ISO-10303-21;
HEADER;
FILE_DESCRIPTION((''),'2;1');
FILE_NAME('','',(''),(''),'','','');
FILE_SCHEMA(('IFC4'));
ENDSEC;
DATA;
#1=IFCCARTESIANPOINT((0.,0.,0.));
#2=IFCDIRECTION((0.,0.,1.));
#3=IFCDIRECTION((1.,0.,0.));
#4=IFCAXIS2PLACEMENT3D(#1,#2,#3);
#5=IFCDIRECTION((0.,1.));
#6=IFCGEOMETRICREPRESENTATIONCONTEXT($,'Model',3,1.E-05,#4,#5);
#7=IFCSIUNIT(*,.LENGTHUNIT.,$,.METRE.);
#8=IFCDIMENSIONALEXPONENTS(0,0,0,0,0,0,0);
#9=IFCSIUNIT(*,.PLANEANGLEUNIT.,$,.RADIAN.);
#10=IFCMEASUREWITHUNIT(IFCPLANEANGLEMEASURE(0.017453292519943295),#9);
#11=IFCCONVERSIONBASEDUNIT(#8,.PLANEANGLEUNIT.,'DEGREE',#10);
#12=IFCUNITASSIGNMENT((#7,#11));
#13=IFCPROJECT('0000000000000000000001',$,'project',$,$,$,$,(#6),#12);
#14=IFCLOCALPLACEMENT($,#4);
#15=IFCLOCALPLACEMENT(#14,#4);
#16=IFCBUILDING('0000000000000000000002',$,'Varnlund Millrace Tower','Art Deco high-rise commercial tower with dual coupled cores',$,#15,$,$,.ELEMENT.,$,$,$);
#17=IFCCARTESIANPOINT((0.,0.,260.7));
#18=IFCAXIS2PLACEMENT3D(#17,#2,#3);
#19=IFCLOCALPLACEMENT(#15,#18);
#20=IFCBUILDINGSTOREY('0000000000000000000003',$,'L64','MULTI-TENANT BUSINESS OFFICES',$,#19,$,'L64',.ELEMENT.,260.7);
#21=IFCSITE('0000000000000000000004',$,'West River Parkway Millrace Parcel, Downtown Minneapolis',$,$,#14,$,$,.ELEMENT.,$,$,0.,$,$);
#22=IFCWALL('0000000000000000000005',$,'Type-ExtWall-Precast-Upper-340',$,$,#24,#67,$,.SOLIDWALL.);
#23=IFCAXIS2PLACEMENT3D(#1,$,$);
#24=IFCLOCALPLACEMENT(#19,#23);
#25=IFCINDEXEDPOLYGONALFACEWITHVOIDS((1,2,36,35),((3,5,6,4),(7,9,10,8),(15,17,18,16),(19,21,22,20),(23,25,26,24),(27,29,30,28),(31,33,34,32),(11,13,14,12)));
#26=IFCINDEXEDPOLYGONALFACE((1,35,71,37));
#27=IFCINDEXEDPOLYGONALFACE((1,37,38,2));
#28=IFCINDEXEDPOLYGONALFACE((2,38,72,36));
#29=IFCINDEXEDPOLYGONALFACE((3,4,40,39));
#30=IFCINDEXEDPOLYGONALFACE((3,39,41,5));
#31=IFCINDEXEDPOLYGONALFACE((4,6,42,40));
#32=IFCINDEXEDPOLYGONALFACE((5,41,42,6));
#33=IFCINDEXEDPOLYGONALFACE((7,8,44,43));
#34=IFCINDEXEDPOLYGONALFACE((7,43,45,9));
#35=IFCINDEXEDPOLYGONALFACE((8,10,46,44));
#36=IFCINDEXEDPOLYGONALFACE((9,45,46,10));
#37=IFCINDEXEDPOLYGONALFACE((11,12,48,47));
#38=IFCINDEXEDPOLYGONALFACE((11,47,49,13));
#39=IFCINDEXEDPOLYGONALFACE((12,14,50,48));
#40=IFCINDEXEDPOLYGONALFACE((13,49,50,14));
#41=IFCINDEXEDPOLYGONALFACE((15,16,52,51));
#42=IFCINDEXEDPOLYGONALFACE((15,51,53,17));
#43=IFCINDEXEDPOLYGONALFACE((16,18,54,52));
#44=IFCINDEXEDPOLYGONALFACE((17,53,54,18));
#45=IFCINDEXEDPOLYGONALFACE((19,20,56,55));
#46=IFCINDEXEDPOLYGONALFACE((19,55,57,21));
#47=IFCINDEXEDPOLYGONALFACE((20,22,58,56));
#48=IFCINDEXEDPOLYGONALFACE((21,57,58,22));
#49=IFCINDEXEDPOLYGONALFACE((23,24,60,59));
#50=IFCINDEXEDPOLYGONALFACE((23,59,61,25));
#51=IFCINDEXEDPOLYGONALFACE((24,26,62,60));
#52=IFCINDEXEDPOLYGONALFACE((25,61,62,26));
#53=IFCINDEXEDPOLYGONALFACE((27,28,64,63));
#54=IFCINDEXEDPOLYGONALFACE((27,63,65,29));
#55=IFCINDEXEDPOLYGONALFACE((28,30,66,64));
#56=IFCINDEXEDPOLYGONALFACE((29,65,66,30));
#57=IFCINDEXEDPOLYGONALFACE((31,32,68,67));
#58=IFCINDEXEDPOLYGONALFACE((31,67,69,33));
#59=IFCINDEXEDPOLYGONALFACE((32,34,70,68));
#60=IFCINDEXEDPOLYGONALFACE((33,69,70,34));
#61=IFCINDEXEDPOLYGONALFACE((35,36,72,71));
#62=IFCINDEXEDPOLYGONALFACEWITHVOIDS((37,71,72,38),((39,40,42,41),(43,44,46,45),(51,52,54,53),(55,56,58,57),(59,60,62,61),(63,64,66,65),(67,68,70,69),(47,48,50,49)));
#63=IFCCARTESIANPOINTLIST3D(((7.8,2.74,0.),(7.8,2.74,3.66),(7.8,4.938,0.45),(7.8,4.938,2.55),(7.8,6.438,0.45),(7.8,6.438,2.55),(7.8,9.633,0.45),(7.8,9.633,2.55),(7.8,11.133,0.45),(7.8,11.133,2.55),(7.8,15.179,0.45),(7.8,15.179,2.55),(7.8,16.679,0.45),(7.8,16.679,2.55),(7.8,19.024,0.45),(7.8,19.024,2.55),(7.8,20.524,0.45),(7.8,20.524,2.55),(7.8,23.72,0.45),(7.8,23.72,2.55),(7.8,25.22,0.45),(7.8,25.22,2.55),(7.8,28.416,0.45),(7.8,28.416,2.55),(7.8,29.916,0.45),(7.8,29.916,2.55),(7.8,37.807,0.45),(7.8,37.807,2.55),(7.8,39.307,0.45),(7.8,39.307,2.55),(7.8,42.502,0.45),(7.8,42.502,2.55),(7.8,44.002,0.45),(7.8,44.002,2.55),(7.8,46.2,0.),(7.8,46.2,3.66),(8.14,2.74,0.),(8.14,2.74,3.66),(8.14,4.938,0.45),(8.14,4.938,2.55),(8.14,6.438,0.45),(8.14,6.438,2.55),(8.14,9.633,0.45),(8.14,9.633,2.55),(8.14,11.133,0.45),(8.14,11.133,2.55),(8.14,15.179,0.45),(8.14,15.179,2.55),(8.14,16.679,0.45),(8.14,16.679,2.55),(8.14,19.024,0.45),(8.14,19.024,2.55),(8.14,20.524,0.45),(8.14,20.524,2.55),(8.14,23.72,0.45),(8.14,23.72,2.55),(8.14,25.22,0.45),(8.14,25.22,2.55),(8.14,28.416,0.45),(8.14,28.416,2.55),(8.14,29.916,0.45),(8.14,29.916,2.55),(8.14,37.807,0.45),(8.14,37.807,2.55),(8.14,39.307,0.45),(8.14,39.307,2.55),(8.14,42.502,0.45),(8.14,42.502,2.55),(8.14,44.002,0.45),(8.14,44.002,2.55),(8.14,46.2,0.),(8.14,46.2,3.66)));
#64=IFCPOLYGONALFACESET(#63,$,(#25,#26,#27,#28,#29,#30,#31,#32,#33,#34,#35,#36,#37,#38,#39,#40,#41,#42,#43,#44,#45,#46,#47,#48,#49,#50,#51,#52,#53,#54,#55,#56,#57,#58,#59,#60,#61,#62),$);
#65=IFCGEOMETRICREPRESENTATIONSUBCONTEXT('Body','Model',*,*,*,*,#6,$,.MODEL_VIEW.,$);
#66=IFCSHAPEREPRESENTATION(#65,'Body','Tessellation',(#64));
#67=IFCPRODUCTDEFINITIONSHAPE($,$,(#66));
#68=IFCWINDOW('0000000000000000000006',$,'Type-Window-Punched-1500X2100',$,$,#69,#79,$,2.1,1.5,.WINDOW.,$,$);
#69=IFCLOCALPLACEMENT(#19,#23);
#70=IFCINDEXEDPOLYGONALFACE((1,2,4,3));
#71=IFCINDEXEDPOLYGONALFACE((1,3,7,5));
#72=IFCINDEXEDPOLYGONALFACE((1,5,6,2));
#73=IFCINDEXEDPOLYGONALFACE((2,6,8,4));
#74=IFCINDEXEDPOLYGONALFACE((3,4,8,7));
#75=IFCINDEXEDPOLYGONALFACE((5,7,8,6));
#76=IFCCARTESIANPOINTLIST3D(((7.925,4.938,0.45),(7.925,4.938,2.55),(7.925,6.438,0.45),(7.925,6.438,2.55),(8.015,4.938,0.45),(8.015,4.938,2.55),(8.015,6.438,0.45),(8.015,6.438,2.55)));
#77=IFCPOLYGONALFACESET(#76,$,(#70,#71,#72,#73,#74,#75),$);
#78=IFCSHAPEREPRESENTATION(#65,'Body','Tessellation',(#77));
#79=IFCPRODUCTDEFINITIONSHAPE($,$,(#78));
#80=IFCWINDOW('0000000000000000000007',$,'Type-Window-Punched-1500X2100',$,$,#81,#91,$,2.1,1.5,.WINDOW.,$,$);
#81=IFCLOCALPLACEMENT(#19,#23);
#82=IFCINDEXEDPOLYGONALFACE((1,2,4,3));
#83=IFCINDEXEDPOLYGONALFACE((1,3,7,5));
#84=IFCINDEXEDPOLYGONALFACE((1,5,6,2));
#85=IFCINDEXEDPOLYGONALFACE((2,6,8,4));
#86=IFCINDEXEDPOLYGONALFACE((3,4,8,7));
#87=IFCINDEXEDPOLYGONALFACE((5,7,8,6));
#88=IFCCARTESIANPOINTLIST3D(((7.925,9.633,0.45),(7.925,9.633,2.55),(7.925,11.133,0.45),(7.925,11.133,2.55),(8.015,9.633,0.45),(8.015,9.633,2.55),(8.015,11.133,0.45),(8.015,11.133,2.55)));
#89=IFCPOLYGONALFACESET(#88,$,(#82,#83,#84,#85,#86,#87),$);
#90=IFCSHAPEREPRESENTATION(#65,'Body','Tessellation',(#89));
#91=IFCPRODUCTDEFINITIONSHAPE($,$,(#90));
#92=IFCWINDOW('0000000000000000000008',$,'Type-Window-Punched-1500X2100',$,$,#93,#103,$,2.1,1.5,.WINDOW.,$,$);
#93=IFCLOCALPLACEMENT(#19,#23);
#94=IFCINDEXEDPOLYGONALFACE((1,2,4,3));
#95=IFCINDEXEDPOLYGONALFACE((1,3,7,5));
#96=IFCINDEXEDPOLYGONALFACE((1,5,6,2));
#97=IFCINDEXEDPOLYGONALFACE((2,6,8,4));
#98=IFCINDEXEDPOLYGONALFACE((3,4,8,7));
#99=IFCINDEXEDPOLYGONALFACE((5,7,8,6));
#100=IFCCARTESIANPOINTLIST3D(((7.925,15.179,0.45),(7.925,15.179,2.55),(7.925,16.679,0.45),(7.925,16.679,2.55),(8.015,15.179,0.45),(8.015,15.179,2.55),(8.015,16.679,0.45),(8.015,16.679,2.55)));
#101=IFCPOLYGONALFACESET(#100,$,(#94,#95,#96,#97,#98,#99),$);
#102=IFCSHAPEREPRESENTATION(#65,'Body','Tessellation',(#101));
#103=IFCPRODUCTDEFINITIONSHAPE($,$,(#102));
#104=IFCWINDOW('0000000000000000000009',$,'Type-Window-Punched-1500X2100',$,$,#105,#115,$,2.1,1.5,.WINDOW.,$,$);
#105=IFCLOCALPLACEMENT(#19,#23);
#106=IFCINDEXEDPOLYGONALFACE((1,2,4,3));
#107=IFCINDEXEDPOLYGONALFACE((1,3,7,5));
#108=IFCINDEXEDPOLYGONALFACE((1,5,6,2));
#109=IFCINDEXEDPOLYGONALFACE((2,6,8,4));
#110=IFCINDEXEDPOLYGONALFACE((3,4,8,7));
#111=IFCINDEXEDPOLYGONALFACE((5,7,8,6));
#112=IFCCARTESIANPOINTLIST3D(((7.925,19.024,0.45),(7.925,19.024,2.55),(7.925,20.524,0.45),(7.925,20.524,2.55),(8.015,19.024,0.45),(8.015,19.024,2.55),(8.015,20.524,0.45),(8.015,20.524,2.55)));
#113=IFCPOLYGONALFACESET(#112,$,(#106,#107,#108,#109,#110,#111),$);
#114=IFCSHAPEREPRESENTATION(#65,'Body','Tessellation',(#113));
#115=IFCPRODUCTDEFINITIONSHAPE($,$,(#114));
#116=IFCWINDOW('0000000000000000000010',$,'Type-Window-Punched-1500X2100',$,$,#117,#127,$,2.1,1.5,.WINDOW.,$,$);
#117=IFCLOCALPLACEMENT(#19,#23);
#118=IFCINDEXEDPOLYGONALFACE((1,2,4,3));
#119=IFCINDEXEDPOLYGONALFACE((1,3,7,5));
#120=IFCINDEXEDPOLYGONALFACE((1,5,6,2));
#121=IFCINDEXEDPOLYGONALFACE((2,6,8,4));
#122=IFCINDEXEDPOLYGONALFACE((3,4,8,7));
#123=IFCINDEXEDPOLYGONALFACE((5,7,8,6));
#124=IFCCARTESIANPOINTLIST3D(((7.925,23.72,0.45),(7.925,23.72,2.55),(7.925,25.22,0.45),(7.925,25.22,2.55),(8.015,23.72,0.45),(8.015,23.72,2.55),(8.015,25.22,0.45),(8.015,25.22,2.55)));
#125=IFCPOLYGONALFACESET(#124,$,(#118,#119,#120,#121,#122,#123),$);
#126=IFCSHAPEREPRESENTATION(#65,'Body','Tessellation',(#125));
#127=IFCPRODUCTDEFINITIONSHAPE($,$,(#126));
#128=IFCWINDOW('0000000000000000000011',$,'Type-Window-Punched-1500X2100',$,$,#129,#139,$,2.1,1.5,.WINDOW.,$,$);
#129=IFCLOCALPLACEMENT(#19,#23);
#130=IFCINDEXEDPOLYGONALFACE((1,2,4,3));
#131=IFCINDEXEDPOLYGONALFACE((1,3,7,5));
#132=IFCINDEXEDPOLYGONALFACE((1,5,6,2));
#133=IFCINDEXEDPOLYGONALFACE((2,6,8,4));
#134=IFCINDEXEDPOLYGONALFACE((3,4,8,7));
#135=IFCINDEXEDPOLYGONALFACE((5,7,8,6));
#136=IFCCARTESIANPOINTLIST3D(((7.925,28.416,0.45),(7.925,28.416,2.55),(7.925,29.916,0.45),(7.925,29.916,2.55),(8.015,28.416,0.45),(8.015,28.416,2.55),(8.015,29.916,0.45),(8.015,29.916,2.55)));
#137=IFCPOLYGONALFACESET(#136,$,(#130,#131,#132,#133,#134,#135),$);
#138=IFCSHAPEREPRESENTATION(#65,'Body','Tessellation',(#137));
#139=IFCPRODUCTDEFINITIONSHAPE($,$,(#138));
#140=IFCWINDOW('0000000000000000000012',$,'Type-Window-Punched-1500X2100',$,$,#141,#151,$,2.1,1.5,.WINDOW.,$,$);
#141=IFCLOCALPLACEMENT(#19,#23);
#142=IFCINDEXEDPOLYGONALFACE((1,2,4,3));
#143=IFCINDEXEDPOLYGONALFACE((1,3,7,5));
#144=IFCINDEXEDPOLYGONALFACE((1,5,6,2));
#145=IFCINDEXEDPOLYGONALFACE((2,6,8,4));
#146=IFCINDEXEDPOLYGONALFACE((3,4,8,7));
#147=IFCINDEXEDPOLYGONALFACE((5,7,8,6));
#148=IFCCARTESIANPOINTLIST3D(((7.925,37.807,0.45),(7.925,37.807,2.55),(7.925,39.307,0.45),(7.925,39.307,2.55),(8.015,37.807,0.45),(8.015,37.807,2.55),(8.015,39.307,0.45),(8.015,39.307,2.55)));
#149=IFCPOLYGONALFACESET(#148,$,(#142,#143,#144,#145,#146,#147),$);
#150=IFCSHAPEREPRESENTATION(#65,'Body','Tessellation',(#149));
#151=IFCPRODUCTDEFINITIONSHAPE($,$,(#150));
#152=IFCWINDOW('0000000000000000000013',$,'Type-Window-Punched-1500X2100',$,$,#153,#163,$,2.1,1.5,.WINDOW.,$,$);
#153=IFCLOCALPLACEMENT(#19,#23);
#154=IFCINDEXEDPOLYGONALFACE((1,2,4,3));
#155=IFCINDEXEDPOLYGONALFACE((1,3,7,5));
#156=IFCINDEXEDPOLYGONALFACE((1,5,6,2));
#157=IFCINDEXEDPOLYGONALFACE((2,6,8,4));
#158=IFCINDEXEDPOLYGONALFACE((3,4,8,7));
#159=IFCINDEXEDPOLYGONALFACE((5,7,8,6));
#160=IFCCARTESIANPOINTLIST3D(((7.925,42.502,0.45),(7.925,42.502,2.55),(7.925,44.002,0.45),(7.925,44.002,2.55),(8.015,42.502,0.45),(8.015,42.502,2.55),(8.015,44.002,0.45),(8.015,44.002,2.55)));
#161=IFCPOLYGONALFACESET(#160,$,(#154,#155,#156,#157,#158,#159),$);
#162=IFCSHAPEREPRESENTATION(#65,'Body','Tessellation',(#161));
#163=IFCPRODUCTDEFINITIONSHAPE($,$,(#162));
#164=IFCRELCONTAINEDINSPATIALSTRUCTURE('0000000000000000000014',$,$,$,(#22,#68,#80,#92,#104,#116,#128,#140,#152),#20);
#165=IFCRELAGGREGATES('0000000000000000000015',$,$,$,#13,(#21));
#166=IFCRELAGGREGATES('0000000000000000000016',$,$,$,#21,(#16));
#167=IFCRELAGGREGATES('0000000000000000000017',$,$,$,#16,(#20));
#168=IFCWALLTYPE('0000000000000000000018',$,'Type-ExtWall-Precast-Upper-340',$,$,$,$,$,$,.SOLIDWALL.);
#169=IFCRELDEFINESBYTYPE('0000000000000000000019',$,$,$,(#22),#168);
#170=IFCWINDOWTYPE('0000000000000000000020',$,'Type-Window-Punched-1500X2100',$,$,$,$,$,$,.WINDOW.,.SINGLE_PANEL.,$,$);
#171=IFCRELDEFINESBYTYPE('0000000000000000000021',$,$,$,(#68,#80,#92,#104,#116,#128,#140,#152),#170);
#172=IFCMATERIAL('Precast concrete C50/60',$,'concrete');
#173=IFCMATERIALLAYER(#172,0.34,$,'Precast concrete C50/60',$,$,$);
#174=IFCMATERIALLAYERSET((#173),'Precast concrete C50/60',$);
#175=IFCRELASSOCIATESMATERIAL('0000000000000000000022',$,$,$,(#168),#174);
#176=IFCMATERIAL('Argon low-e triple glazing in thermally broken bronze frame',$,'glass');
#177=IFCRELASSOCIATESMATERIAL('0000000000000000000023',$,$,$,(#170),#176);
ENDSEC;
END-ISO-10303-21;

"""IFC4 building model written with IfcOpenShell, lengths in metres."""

from ifc_helpers import new_model, entity, si_unit, converted_unit, direction, frame, origin_with_axes, origin_2d_with_axis, place, context, subcontext, project, spatial, polyline, rectangle, outline, extrude, material, layer, layer_set, type_object, element, fill, save


model = new_model("IFC4")

# Units and contexts
model_context = context("Model", 3, precision=1e-05, world=origin_with_axes(), true_north=direction((0.0, 1.0)))
body_context = subcontext(model_context, "Body", "Model", "MODEL_VIEW")
ifc_project = project(units=[si_unit("LENGTHUNIT", "METRE"), converted_unit("PLANEANGLEUNIT", "DEGREE", entity("IfcPlaneAngleMeasure", 0.017453292519943295), si_unit("PLANEANGLEUNIT", "RADIAN"), dimensions=[0, 0, 0, 0, 0, 0, 0])], contexts=[model_context])

# Site, building, storey
site_placement = place(None, origin_with_axes())
site = spatial("IfcSite", under=ifc_project, at=site_placement, Name="West River Parkway Millrace Parcel, Downtown Minneapolis", CompositionType="ELEMENT", RefElevation=0.0)
building_placement = place(site_placement, origin_with_axes())
building = spatial("IfcBuilding", under=site, at=building_placement, Name="Varnlund Millrace Tower", Description="Art Deco high-rise commercial tower with dual coupled cores", CompositionType="ELEMENT")
storey_placement = place(building_placement, frame((0.0, 0.0, 260.7), z_axis=(0.0, 0.0, 1.0), x_axis=(1.0, 0.0, 0.0)))
storey = spatial("IfcBuildingStorey", under=building, at=storey_placement, Name="L64", Description="MULTI-TENANT BUSINESS OFFICES", LongName="L64", CompositionType="ELEMENT", Elevation=260.7)

# Shared definitions
ifc_material_1 = material(Name="Precast concrete C50/60", Category="concrete")
ifc_layer_1 = layer(ifc_material_1, 0.34, Name="Precast concrete C50/60")
ifc_layer_set_1 = layer_set([ifc_layer_1], Name="Precast concrete C50/60")
wall_type_1 = type_object("IfcWallType", Name="Type-ExtWall-Precast-Upper-340", PredefinedType="SOLIDWALL", material=ifc_layer_set_1)

# Wall, openings, windows
wall_1_placement = place(storey_placement, frame((7.97, 2.74, 0.0), z_axis=(0.0, 0.0, 1.0), x_axis=(0.0, 1.0, 0.0)))
wall_1 = element("IfcWall", 1, at=wall_1_placement, inside=storey, type_object=wall_type_1, Name="Type-ExtWall-Precast-Upper-340", PredefinedType="SOLIDWALL", context=body_context, shape_type="SweptSolid", body=[
    extrude(outline(polyline([(0.0, -0.17), (43.46, -0.17), (43.46, 0.17), (0.0, 0.17), (0.0, -0.17)])), origin_with_axes(), (0.0, 0.0, 1.0), 3.66),
])
opening_1_placement = place(wall_1_placement, frame((2.948, 0.0, 0.45), z_axis=(0.0, 0.0, 1.0), x_axis=(1.0, 0.0, 0.0)))
opening_1 = element("IfcOpeningElement", 2, at=opening_1_placement, cuts=wall_1, PredefinedType="OPENING", context=body_context, shape_type="SweptSolid", body=[
    extrude(rectangle(XDim=1.5, YDim=0.36, at=origin_2d_with_axis()), origin_with_axes(), (0.0, 0.0, 1.0), 2.1),
])
opening_2_placement = place(wall_1_placement, frame((7.643, 0.0, 0.45), z_axis=(0.0, 0.0, 1.0), x_axis=(1.0, 0.0, 0.0)))
opening_2 = element("IfcOpeningElement", 3, at=opening_2_placement, cuts=wall_1, PredefinedType="OPENING", context=body_context, shape_type="SweptSolid", body=[
    extrude(rectangle(XDim=1.5, YDim=0.36, at=origin_2d_with_axis()), origin_with_axes(), (0.0, 0.0, 1.0), 2.1),
])
opening_3_placement = place(wall_1_placement, frame((13.189, 0.0, 0.45), z_axis=(0.0, 0.0, 1.0), x_axis=(1.0, 0.0, 0.0)))
opening_3 = element("IfcOpeningElement", 4, at=opening_3_placement, cuts=wall_1, PredefinedType="OPENING", context=body_context, shape_type="SweptSolid", body=[
    extrude(rectangle(XDim=1.5, YDim=0.36, at=origin_2d_with_axis()), origin_with_axes(), (0.0, 0.0, 1.0), 2.1),
])
opening_4_placement = place(wall_1_placement, frame((17.034, 0.0, 0.45), z_axis=(0.0, 0.0, 1.0), x_axis=(1.0, 0.0, 0.0)))
opening_4 = element("IfcOpeningElement", 5, at=opening_4_placement, cuts=wall_1, PredefinedType="OPENING", context=body_context, shape_type="SweptSolid", body=[
    extrude(rectangle(XDim=1.5, YDim=0.36, at=origin_2d_with_axis()), origin_with_axes(), (0.0, 0.0, 1.0), 2.1),
])
opening_5_placement = place(wall_1_placement, frame((21.73, 0.0, 0.45), z_axis=(0.0, 0.0, 1.0), x_axis=(1.0, 0.0, 0.0)))
opening_5 = element("IfcOpeningElement", 6, at=opening_5_placement, cuts=wall_1, PredefinedType="OPENING", context=body_context, shape_type="SweptSolid", body=[
    extrude(rectangle(XDim=1.5, YDim=0.36, at=origin_2d_with_axis()), origin_with_axes(), (0.0, 0.0, 1.0), 2.1),
])
opening_6_placement = place(wall_1_placement, frame((26.426, 0.0, 0.45), z_axis=(0.0, 0.0, 1.0), x_axis=(1.0, 0.0, 0.0)))
opening_6 = element("IfcOpeningElement", 7, at=opening_6_placement, cuts=wall_1, PredefinedType="OPENING", context=body_context, shape_type="SweptSolid", body=[
    extrude(rectangle(XDim=1.5, YDim=0.36, at=origin_2d_with_axis()), origin_with_axes(), (0.0, 0.0, 1.0), 2.1),
])
opening_7_placement = place(wall_1_placement, frame((35.817, 0.0, 0.45), z_axis=(0.0, 0.0, 1.0), x_axis=(1.0, 0.0, 0.0)))
opening_7 = element("IfcOpeningElement", 8, at=opening_7_placement, cuts=wall_1, PredefinedType="OPENING", context=body_context, shape_type="SweptSolid", body=[
    extrude(rectangle(XDim=1.5, YDim=0.36, at=origin_2d_with_axis()), origin_with_axes(), (0.0, 0.0, 1.0), 2.1),
])
opening_8_placement = place(wall_1_placement, frame((40.512, 0.0, 0.45), z_axis=(0.0, 0.0, 1.0), x_axis=(1.0, 0.0, 0.0)))
opening_8 = element("IfcOpeningElement", 9, at=opening_8_placement, cuts=wall_1, PredefinedType="OPENING", context=body_context, shape_type="SweptSolid", body=[
    extrude(rectangle(XDim=1.5, YDim=0.36, at=origin_2d_with_axis()), origin_with_axes(), (0.0, 0.0, 1.0), 2.1),
])
ifc_material_2 = material(Name="Argon low-e triple glazing in thermally broken bronze frame", Category="glass")
window_type = type_object("IfcWindowType", Name="Type-Window-Punched-1500X2100", PartitioningType="SINGLE_PANEL", PredefinedType="WINDOW", material=ifc_material_2)
window_1_placement = place(wall_1_placement, frame((2.948, 0.0, 0.45), z_axis=(0.0, 0.0, 1.0), x_axis=(1.0, 0.0, 0.0)))
window_1 = element("IfcWindow", 10, at=window_1_placement, inside=storey, type_object=window_type, Name="Type-Window-Punched-1500X2100", OverallHeight=2.1, OverallWidth=1.5, PredefinedType="WINDOW", context=body_context, shape_type="SweptSolid", body=[
    extrude(rectangle(XDim=1.5, YDim=0.09, at=origin_2d_with_axis()), origin_with_axes(), (0.0, 0.0, 1.0), 2.1),
])
fill(opening_1, window_1)
window_2_placement = place(wall_1_placement, frame((7.643, 0.0, 0.45), z_axis=(0.0, 0.0, 1.0), x_axis=(1.0, 0.0, 0.0)))
window_2 = element("IfcWindow", 11, at=window_2_placement, inside=storey, type_object=window_type, Name="Type-Window-Punched-1500X2100", OverallHeight=2.1, OverallWidth=1.5, PredefinedType="WINDOW", context=body_context, shape_type="SweptSolid", body=[
    extrude(rectangle(XDim=1.5, YDim=0.09, at=origin_2d_with_axis()), origin_with_axes(), (0.0, 0.0, 1.0), 2.1),
])
fill(opening_2, window_2)
window_3_placement = place(wall_1_placement, frame((13.189, 0.0, 0.45), z_axis=(0.0, 0.0, 1.0), x_axis=(1.0, 0.0, 0.0)))
window_3 = element("IfcWindow", 12, at=window_3_placement, inside=storey, type_object=window_type, Name="Type-Window-Punched-1500X2100", OverallHeight=2.1, OverallWidth=1.5, PredefinedType="WINDOW", context=body_context, shape_type="SweptSolid", body=[
    extrude(rectangle(XDim=1.5, YDim=0.09, at=origin_2d_with_axis()), origin_with_axes(), (0.0, 0.0, 1.0), 2.1),
])
fill(opening_3, window_3)
window_4_placement = place(wall_1_placement, frame((17.034, 0.0, 0.45), z_axis=(0.0, 0.0, 1.0), x_axis=(1.0, 0.0, 0.0)))
window_4 = element("IfcWindow", 13, at=window_4_placement, inside=storey, type_object=window_type, Name="Type-Window-Punched-1500X2100", OverallHeight=2.1, OverallWidth=1.5, PredefinedType="WINDOW", context=body_context, shape_type="SweptSolid", body=[
    extrude(rectangle(XDim=1.5, YDim=0.09, at=origin_2d_with_axis()), origin_with_axes(), (0.0, 0.0, 1.0), 2.1),
])
fill(opening_4, window_4)
window_5_placement = place(wall_1_placement, frame((21.73, 0.0, 0.45), z_axis=(0.0, 0.0, 1.0), x_axis=(1.0, 0.0, 0.0)))
window_5 = element("IfcWindow", 14, at=window_5_placement, inside=storey, type_object=window_type, Name="Type-Window-Punched-1500X2100", OverallHeight=2.1, OverallWidth=1.5, PredefinedType="WINDOW", context=body_context, shape_type="SweptSolid", body=[
    extrude(rectangle(XDim=1.5, YDim=0.09, at=origin_2d_with_axis()), origin_with_axes(), (0.0, 0.0, 1.0), 2.1),
])
fill(opening_5, window_5)
window_6_placement = place(wall_1_placement, frame((26.426, 0.0, 0.45), z_axis=(0.0, 0.0, 1.0), x_axis=(1.0, 0.0, 0.0)))
window_6 = element("IfcWindow", 15, at=window_6_placement, inside=storey, type_object=window_type, Name="Type-Window-Punched-1500X2100", OverallHeight=2.1, OverallWidth=1.5, PredefinedType="WINDOW", context=body_context, shape_type="SweptSolid", body=[
    extrude(rectangle(XDim=1.5, YDim=0.09, at=origin_2d_with_axis()), origin_with_axes(), (0.0, 0.0, 1.0), 2.1),
])
fill(opening_6, window_6)
window_7_placement = place(wall_1_placement, frame((35.817, 0.0, 0.45), z_axis=(0.0, 0.0, 1.0), x_axis=(1.0, 0.0, 0.0)))
window_7 = element("IfcWindow", 16, at=window_7_placement, inside=storey, type_object=window_type, Name="Type-Window-Punched-1500X2100", OverallHeight=2.1, OverallWidth=1.5, PredefinedType="WINDOW", context=body_context, shape_type="SweptSolid", body=[
    extrude(rectangle(XDim=1.5, YDim=0.09, at=origin_2d_with_axis()), origin_with_axes(), (0.0, 0.0, 1.0), 2.1),
])
fill(opening_7, window_7)
window_8_placement = place(wall_1_placement, frame((40.512, 0.0, 0.45), z_axis=(0.0, 0.0, 1.0), x_axis=(1.0, 0.0, 0.0)))
window_8 = element("IfcWindow", 17, at=window_8_placement, inside=storey, type_object=window_type, Name="Type-Window-Punched-1500X2100", OverallHeight=2.1, OverallWidth=1.5, PredefinedType="WINDOW", context=body_context, shape_type="SweptSolid", body=[
    extrude(rectangle(XDim=1.5, YDim=0.09, at=origin_2d_with_axis()), origin_with_axes(), (0.0, 0.0, 1.0), 2.1),
])
fill(opening_8, window_8)

save(model, "model.ifc")
